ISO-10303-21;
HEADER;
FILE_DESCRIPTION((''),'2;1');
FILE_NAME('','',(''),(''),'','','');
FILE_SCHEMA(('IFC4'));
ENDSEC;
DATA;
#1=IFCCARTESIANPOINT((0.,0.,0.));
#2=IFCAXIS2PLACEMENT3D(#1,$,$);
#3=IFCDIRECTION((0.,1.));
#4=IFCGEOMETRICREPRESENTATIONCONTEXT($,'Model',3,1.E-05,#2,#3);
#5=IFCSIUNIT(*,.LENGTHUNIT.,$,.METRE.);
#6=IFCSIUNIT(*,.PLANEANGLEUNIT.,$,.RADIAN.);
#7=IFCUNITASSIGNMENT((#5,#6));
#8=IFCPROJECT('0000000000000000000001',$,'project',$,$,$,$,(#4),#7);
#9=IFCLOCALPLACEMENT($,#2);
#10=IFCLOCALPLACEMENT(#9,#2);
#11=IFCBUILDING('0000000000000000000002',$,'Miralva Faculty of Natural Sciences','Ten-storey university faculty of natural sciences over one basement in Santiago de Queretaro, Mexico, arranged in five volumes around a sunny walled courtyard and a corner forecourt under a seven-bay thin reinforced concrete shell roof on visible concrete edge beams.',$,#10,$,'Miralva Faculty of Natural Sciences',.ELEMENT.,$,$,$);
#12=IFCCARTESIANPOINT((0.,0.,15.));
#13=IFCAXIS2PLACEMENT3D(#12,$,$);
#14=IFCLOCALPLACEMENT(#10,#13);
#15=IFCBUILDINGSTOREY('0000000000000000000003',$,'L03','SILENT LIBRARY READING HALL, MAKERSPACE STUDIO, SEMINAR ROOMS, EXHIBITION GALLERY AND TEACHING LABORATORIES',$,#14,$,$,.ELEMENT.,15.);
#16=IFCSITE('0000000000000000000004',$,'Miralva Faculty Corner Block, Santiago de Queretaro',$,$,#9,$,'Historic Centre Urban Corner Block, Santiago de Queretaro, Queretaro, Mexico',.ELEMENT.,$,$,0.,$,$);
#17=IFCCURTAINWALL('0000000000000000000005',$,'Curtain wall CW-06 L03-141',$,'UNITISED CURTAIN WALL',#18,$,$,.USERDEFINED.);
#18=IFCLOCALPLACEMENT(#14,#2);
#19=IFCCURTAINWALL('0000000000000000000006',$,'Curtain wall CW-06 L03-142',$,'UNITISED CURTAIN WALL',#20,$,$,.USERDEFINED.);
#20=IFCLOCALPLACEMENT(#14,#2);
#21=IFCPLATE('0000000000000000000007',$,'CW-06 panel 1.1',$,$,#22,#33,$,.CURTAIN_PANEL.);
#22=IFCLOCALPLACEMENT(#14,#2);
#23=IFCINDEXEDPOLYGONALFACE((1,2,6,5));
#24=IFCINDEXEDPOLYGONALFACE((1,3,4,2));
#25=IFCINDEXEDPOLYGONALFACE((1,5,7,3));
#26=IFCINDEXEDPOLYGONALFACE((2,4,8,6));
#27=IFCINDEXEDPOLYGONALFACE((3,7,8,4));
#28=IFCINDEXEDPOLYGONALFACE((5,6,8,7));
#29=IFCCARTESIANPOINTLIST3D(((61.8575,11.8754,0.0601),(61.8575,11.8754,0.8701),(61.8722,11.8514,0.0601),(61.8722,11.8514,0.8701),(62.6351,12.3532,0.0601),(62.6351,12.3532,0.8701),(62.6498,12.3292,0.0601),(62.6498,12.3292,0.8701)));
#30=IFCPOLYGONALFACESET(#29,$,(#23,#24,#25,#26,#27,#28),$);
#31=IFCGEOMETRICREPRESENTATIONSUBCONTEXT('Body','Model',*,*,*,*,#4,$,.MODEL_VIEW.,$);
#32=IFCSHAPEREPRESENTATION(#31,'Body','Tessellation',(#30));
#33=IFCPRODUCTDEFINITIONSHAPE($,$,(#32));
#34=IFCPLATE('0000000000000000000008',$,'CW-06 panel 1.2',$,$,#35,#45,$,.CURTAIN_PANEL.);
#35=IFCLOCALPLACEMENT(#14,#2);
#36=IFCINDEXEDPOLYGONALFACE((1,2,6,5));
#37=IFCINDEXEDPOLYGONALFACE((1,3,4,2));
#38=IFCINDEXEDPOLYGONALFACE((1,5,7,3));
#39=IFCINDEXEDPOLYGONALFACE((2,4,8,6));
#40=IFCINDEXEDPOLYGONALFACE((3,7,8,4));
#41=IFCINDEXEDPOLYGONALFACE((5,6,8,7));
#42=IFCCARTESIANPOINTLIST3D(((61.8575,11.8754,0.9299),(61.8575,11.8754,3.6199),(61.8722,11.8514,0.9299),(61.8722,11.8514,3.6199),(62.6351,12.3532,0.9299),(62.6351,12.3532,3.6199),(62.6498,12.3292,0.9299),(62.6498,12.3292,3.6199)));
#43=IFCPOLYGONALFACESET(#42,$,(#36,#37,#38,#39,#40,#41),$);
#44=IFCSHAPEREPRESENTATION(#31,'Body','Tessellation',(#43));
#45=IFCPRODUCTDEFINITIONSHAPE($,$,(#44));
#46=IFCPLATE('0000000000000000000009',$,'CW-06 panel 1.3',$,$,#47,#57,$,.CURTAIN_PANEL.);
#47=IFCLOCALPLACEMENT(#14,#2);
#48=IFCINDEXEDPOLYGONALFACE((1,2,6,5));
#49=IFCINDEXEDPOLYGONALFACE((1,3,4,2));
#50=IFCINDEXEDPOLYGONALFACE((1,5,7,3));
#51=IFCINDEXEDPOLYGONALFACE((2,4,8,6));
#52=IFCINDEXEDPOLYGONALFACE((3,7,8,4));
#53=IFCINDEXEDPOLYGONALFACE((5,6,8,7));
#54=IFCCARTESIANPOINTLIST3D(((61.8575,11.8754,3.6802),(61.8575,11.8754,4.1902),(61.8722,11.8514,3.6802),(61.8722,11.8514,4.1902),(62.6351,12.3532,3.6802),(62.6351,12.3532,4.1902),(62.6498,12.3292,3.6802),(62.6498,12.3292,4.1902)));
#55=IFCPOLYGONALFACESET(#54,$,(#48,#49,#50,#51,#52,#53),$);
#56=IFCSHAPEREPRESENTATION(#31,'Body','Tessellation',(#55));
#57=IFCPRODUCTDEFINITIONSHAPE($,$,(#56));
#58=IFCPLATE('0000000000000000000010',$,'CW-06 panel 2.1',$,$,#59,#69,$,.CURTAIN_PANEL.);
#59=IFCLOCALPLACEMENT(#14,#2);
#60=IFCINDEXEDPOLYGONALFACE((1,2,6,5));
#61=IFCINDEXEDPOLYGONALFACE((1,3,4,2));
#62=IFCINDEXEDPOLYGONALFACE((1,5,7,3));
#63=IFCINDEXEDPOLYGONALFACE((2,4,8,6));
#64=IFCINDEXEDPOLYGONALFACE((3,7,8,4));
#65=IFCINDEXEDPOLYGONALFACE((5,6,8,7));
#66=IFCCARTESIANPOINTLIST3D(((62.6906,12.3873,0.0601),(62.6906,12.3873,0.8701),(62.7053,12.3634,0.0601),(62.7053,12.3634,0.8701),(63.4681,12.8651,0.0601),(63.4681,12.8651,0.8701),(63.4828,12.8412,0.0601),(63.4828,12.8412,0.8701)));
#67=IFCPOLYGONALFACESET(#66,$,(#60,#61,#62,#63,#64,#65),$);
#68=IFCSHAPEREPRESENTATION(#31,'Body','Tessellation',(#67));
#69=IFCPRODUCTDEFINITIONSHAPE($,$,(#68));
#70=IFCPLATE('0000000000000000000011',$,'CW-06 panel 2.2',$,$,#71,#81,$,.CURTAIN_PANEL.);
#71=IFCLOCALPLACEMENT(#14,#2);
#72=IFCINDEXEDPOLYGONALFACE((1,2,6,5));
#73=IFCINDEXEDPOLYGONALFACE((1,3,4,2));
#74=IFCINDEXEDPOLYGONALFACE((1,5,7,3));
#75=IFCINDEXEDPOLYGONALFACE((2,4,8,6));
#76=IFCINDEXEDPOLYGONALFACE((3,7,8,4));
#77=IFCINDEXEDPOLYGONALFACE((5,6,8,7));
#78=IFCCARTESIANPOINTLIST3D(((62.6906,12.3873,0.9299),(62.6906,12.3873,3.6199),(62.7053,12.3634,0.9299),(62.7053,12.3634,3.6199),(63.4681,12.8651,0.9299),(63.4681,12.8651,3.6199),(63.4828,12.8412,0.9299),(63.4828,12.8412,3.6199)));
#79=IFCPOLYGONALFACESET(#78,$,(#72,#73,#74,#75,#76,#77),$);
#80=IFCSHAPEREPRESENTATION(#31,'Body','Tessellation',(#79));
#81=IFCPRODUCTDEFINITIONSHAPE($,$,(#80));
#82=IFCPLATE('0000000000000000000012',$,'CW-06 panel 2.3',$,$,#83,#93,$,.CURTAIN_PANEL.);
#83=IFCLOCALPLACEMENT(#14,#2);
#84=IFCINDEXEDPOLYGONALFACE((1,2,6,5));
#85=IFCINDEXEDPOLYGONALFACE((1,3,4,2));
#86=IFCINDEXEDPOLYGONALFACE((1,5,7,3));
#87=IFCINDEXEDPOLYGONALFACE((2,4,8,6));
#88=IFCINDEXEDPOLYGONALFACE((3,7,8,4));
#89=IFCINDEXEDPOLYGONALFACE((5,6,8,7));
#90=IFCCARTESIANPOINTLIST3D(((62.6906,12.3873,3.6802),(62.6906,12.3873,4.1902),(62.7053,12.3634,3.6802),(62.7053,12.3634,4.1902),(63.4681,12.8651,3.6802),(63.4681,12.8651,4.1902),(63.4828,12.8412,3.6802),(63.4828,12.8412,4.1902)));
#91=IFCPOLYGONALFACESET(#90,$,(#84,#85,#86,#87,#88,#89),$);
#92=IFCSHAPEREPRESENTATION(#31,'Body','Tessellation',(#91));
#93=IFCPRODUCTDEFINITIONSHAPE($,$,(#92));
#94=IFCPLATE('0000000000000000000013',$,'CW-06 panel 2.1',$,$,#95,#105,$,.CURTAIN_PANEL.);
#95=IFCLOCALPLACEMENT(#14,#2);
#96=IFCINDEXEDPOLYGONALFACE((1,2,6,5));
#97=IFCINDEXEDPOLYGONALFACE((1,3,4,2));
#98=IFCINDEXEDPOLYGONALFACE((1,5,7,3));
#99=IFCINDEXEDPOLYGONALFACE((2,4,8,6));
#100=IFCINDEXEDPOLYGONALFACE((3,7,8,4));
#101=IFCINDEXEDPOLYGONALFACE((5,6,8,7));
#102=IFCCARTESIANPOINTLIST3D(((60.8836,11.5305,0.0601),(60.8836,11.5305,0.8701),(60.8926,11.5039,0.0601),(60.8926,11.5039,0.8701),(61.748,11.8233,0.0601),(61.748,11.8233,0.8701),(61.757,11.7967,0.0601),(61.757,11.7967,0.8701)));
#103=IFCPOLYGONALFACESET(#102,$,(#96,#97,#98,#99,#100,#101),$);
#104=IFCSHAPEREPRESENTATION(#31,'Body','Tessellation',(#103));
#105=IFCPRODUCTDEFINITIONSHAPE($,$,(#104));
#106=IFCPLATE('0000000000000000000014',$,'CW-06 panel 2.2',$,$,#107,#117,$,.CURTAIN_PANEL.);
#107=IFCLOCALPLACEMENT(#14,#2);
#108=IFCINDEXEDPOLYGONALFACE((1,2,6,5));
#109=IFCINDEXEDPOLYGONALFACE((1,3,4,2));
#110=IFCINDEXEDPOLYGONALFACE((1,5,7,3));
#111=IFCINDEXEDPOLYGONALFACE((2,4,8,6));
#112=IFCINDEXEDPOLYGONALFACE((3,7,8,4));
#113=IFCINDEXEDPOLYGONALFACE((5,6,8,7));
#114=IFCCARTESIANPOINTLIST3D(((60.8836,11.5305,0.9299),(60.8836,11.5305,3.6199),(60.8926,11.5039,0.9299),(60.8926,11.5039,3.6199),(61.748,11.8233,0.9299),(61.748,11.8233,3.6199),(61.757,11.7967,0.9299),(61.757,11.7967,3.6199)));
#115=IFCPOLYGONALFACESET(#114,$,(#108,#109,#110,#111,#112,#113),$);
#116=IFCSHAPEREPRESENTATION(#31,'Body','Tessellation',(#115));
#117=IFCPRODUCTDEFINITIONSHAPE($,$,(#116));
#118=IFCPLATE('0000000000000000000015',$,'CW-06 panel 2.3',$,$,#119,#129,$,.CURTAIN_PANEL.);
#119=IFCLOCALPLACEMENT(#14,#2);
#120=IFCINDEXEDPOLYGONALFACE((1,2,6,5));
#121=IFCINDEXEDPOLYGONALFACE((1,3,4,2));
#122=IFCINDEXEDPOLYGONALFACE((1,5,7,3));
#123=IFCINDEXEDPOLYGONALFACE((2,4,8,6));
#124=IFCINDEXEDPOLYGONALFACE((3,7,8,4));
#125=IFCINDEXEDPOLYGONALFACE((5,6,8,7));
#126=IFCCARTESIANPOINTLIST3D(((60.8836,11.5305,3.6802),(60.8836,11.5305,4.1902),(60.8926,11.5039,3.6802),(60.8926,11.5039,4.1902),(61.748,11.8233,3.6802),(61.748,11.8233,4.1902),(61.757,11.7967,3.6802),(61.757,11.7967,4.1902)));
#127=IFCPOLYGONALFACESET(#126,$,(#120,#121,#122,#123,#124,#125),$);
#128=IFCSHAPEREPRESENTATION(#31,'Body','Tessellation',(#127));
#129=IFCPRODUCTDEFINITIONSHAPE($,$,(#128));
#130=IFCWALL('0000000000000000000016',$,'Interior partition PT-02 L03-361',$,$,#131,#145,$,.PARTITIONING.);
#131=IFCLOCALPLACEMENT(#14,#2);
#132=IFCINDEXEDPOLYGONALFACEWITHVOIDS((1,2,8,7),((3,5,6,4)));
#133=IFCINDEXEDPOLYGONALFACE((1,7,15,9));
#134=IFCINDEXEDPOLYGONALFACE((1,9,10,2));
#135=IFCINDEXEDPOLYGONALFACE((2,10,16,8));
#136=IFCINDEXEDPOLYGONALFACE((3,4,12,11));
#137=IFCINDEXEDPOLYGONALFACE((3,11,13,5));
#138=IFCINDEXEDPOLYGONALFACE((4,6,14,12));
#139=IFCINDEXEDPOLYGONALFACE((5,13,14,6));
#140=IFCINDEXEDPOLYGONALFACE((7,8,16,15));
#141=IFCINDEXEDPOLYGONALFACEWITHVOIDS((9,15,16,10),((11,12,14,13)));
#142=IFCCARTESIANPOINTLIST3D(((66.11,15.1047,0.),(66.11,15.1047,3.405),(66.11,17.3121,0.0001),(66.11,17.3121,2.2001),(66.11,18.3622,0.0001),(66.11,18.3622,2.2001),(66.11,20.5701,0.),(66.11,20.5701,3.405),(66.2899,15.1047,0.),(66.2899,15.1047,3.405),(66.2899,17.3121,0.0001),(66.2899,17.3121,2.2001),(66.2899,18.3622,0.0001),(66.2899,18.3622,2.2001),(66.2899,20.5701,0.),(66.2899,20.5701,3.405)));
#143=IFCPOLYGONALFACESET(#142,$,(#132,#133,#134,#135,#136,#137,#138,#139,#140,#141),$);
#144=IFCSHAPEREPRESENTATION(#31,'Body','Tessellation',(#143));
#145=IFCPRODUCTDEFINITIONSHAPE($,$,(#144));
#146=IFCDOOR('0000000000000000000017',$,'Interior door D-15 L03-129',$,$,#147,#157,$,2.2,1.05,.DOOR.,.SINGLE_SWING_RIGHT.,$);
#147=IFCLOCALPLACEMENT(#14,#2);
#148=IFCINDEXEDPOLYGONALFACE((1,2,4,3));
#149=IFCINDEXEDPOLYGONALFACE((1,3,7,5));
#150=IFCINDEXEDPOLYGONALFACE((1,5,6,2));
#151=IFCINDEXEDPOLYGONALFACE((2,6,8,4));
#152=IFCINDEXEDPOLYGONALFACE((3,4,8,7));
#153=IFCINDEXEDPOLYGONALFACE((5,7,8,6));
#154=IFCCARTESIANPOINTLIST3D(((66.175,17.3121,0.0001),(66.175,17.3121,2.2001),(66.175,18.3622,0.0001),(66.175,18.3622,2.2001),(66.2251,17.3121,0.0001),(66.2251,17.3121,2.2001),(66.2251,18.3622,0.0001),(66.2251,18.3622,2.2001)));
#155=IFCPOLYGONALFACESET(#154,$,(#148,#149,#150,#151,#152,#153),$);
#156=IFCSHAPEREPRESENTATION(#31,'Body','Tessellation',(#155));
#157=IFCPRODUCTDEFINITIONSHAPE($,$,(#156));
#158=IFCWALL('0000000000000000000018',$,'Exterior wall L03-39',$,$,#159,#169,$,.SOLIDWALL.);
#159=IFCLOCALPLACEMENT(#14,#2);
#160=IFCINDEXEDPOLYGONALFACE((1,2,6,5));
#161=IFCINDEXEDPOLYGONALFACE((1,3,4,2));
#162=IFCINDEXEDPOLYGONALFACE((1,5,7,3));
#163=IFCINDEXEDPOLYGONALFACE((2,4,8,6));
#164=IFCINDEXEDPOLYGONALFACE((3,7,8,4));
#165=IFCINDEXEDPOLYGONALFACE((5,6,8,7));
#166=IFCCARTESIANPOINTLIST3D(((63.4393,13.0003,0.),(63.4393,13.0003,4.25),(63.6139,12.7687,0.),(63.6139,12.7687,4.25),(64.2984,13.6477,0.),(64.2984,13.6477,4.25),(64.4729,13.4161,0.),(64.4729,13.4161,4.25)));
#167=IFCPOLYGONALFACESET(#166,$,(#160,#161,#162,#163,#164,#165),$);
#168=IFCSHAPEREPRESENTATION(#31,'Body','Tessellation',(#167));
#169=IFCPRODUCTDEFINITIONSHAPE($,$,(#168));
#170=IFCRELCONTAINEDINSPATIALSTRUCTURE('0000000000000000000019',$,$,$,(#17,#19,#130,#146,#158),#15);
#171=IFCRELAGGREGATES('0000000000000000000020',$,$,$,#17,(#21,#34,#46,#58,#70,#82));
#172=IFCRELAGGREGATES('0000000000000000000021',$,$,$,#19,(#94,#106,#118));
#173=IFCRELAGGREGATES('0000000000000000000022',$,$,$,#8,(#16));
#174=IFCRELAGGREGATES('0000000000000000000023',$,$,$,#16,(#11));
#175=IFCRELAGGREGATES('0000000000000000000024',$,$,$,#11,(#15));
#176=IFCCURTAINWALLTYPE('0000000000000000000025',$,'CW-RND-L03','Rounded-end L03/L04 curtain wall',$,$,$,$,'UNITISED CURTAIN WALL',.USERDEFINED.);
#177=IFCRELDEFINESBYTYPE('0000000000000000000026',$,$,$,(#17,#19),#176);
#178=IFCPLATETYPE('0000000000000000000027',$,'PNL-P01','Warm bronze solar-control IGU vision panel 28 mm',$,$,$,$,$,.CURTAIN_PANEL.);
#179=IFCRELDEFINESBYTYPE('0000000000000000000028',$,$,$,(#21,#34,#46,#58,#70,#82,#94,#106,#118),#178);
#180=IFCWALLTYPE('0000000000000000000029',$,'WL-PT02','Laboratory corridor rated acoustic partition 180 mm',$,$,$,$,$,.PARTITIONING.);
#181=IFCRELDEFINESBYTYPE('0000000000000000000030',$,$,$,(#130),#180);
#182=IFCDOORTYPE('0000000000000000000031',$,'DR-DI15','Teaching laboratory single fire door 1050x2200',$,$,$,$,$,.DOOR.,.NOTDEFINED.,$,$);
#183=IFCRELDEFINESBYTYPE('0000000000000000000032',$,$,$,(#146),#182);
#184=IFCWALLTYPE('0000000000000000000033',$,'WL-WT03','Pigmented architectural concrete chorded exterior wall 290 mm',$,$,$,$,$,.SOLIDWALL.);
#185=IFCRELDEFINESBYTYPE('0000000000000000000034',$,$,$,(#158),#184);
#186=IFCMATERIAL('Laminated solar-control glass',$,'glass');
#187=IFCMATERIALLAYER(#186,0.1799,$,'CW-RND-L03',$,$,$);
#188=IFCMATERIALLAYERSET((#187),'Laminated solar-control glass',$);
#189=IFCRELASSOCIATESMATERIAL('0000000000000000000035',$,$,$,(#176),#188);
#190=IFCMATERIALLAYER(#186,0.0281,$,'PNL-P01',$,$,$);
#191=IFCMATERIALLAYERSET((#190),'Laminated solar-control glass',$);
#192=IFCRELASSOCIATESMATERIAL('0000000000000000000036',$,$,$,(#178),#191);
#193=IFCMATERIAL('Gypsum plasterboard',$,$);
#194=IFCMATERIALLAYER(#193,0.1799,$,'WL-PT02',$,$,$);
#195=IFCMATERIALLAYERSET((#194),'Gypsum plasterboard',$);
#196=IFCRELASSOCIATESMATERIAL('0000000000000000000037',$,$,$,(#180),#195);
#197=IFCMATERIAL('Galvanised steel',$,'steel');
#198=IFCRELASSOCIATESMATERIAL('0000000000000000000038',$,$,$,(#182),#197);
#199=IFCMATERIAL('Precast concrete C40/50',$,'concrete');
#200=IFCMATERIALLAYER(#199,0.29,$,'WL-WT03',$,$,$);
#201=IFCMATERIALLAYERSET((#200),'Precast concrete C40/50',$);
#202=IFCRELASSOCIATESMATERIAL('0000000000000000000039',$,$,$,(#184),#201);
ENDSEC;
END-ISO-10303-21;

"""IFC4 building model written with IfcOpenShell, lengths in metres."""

from ifc_helpers import new_model, si_unit, direction, frame, frame_2d, origin, origin_2d, place, context, subcontext, project, spatial, rectangle, extrude, material, layer, layer_set, type_object, element, fill, aggregate, save


model = new_model("IFC4")

# Units and contexts
model_context = context("Model", 3, precision=1e-05, world=origin(), true_north=direction((0.0, 1.0)))
body_context = subcontext(model_context, "Body", "Model", "MODEL_VIEW")
ifc_project = project(units=[si_unit("LENGTHUNIT", "METRE"), si_unit("PLANEANGLEUNIT", "RADIAN")], contexts=[model_context])

# Site, building, storey
site_placement = place(None, origin())
site = spatial("IfcSite", under=ifc_project, at=site_placement, Name="Miralva Faculty Corner Block, Santiago de Queretaro", LongName="Historic Centre Urban Corner Block, Santiago de Queretaro, Queretaro, Mexico", CompositionType="ELEMENT", RefElevation=0.0)
building_placement = place(site_placement, origin())
building = spatial("IfcBuilding", under=site, at=building_placement, Name="Miralva Faculty of Natural Sciences", Description="Ten-storey university faculty of natural sciences over one basement in Santiago de Queretaro, Mexico, arranged in five volumes around a sunny walled courtyard and a corner forecourt under a seven-bay thin reinforced concrete shell roof on visible concrete edge beams.", LongName="Miralva Faculty of Natural Sciences", CompositionType="ELEMENT")
storey_placement = place(building_placement, frame((0.0, 0.0, 15.0)))
storey = spatial("IfcBuildingStorey", under=building, at=storey_placement, Name="L03", Description="SILENT LIBRARY READING HALL, MAKERSPACE STUDIO, SEMINAR ROOMS, EXHIBITION GALLERY AND TEACHING LABORATORIES", CompositionType="ELEMENT", Elevation=15.0)

# Curtain wall
ifc_material_1 = material(Name="Laminated solar-control glass", Category="glass")
ifc_layer_1 = layer(ifc_material_1, 0.1799, Name="CW-RND-L03")
ifc_layer_set_1 = layer_set([ifc_layer_1], Name="Laminated solar-control glass")
curtain_wall_type_1 = type_object("IfcCurtainWallType", Name="CW-RND-L03", Description="Rounded-end L03/L04 curtain wall", ElementType="UNITISED CURTAIN WALL", PredefinedType="USERDEFINED", material=ifc_layer_set_1)
curtain_wall_1_placement = place(storey_placement, origin())
curtain_wall_1 = element("IfcCurtainWall", 1, at=curtain_wall_1_placement, inside=storey, type_object=curtain_wall_type_1, Name="Curtain wall CW-06 L03-141", ObjectType="UNITISED CURTAIN WALL", PredefinedType="USERDEFINED")

# Curtain wall
curtain_wall_2_placement = place(storey_placement, origin())
curtain_wall_2 = element("IfcCurtainWall", 2, at=curtain_wall_2_placement, inside=storey, type_object=curtain_wall_type_1, Name="Curtain wall CW-06 L03-142", ObjectType="UNITISED CURTAIN WALL", PredefinedType="USERDEFINED")

# Plates
ifc_layer_2 = layer(ifc_material_1, 0.0281, Name="PNL-P01")
ifc_layer_set_2 = layer_set([ifc_layer_2], Name="Laminated solar-control glass")
plate_type = type_object("IfcPlateType", Name="PNL-P01", Description="Warm bronze solar-control IGU vision panel 28 mm", PredefinedType="CURTAIN_PANEL", material=ifc_layer_set_2)
plate_1_placement = place(storey_placement, frame((62.2537, 12.1023, 0.0601), z_axis=(0.0, 0.0, 1.0), x_axis=(0.851995, 0.523551, 0.0)))
plate_1 = element("IfcPlate", 3, at=plate_1_placement, type_object=plate_type, Name="CW-06 panel 1.1", PredefinedType="CURTAIN_PANEL", context=body_context, shape_type="SweptSolid", body=[
    extrude(rectangle(XDim=0.9126, YDim=0.0281, at=origin_2d()), origin(), (0.0, 0.0, 1.0), 0.8101),
])
plate_2_placement = place(storey_placement, frame((62.2537, 12.1023, 0.9299), z_axis=(0.0, 0.0, 1.0), x_axis=(0.851995, 0.523551, 0.0)))
plate_2 = element("IfcPlate", 4, at=plate_2_placement, type_object=plate_type, Name="CW-06 panel 1.2", PredefinedType="CURTAIN_PANEL", context=body_context, shape_type="SweptSolid", body=[
    extrude(rectangle(XDim=0.9126, YDim=0.0281, at=origin_2d()), origin(), (0.0, 0.0, 1.0), 2.6899),
])
plate_3_placement = place(storey_placement, frame((62.2537, 12.1023, 3.6802), z_axis=(0.0, 0.0, 1.0), x_axis=(0.851995, 0.523551, 0.0)))
plate_3 = element("IfcPlate", 5, at=plate_3_placement, type_object=plate_type, Name="CW-06 panel 1.3", PredefinedType="CURTAIN_PANEL", context=body_context, shape_type="SweptSolid", body=[
    extrude(rectangle(XDim=0.9126, YDim=0.0281, at=origin_2d()), origin(), (0.0, 0.0, 1.0), 0.51),
])
plate_4_placement = place(storey_placement, frame((63.0867, 12.6143, 0.0601), z_axis=(0.0, 0.0, 1.0), x_axis=(0.851995, 0.523551, 0.0)))
plate_4 = element("IfcPlate", 6, at=plate_4_placement, type_object=plate_type, Name="CW-06 panel 2.1", PredefinedType="CURTAIN_PANEL", context=body_context, shape_type="SweptSolid", body=[
    extrude(rectangle(XDim=0.9126, YDim=0.0281, at=origin_2d()), origin(), (0.0, 0.0, 1.0), 0.8101),
])
plate_5_placement = place(storey_placement, frame((63.0867, 12.6143, 0.9299), z_axis=(0.0, 0.0, 1.0), x_axis=(0.851995, 0.523551, 0.0)))
plate_5 = element("IfcPlate", 7, at=plate_5_placement, type_object=plate_type, Name="CW-06 panel 2.2", PredefinedType="CURTAIN_PANEL", context=body_context, shape_type="SweptSolid", body=[
    extrude(rectangle(XDim=0.9126, YDim=0.0281, at=origin_2d()), origin(), (0.0, 0.0, 1.0), 2.6899),
])
plate_6_placement = place(storey_placement, frame((63.0867, 12.6143, 3.6802), z_axis=(0.0, 0.0, 1.0), x_axis=(0.851995, 0.523551, 0.0)))
plate_6 = element("IfcPlate", 8, at=plate_6_placement, type_object=plate_type, Name="CW-06 panel 2.3", PredefinedType="CURTAIN_PANEL", context=body_context, shape_type="SweptSolid", body=[
    extrude(rectangle(XDim=0.9126, YDim=0.0281, at=origin_2d()), origin(), (0.0, 0.0, 1.0), 0.51),
])
aggregate(curtain_wall_1, [plate_1, plate_2, plate_3, plate_4, plate_5, plate_6])
plate_7_placement = place(storey_placement, frame((61.3203, 11.6636, 0.0601), z_axis=(0.0, 0.0, 1.0), x_axis=(0.947133, 0.320842, 0.0)))
plate_7 = element("IfcPlate", 9, at=plate_7_placement, type_object=plate_type, Name="CW-06 panel 2.1", PredefinedType="CURTAIN_PANEL", context=body_context, shape_type="SweptSolid", body=[
    extrude(rectangle(XDim=0.9126, YDim=0.0281, at=origin_2d()), origin(), (0.0, 0.0, 1.0), 0.8101),
])
plate_8_placement = place(storey_placement, frame((61.3203, 11.6636, 0.9299), z_axis=(0.0, 0.0, 1.0), x_axis=(0.947133, 0.320842, 0.0)))
plate_8 = element("IfcPlate", 10, at=plate_8_placement, type_object=plate_type, Name="CW-06 panel 2.2", PredefinedType="CURTAIN_PANEL", context=body_context, shape_type="SweptSolid", body=[
    extrude(rectangle(XDim=0.9126, YDim=0.0281, at=origin_2d()), origin(), (0.0, 0.0, 1.0), 2.6899),
])
plate_9_placement = place(storey_placement, frame((61.3203, 11.6636, 3.6802), z_axis=(0.0, 0.0, 1.0), x_axis=(0.947133, 0.320842, 0.0)))
plate_9 = element("IfcPlate", 11, at=plate_9_placement, type_object=plate_type, Name="CW-06 panel 2.3", PredefinedType="CURTAIN_PANEL", context=body_context, shape_type="SweptSolid", body=[
    extrude(rectangle(XDim=0.9126, YDim=0.0281, at=origin_2d()), origin(), (0.0, 0.0, 1.0), 0.51),
])
aggregate(curtain_wall_2, [plate_7, plate_8, plate_9])

# Wall, opening, door
ifc_material_2 = material(Name="Gypsum plasterboard")
ifc_layer_3 = layer(ifc_material_2, 0.1799, Name="WL-PT02")
ifc_layer_set_3 = layer_set([ifc_layer_3], Name="Gypsum plasterboard")
wall_type_1 = type_object("IfcWallType", Name="WL-PT02", Description="Laboratory corridor rated acoustic partition 180 mm", PredefinedType="PARTITIONING", material=ifc_layer_set_3)
wall_1_placement = place(storey_placement, frame((66.2, 15.1047, 0.0), z_axis=(0.0, 0.0, 1.0), x_axis=(0.0, 1.0, 0.0)))
wall_1 = element("IfcWall", 12, at=wall_1_placement, inside=storey, type_object=wall_type_1, Name="Interior partition PT-02 L03-361", PredefinedType="PARTITIONING", context=body_context, shape_type="SweptSolid", body=[
    extrude(rectangle(XDim=5.4653, YDim=0.1799, at=frame_2d((2.7327, 0.0))), origin(), (0.0, 0.0, 1.0), 3.405),
])
opening_placement = place(wall_1_placement, frame((2.2075, 0.0, 0.0)))
opening = element("IfcOpeningElement", 13, at=opening_placement, cuts=wall_1, PredefinedType="OPENING", context=body_context, shape_type="SweptSolid", body=[
    extrude(rectangle(XDim=1.05, YDim=2.2, at=frame_2d((0.5249, 1.1001))), frame((0.0, 0.0999, 0.0), z_axis=(0.0, -1.0, 0.0), x_axis=(1.0, 0.0, 0.0)), (0.0, 0.0, 1.0), 0.2),
])
ifc_material_3 = material(Name="Galvanised steel", Category="steel")
door_type = type_object("IfcDoorType", Name="DR-DI15", Description="Teaching laboratory single fire door 1050x2200", OperationType="NOTDEFINED", PredefinedType="DOOR", material=ifc_material_3)
door_placement = place(opening_placement, origin())
door = element("IfcDoor", 14, at=door_placement, inside=storey, type_object=door_type, Name="Interior door D-15 L03-129", OperationType="SINGLE_SWING_RIGHT", OverallHeight=2.2, OverallWidth=1.05, PredefinedType="DOOR", context=body_context, shape_type="SweptSolid", body=[
    extrude(rectangle(XDim=1.05, YDim=2.2, at=frame_2d((0.5249, 1.1001))), frame((0.0, 0.0249, 0.0), z_axis=(0.0, -1.0, 0.0), x_axis=(1.0, 0.0, 0.0)), (0.0, 0.0, 1.0), 0.05),
])
fill(opening, door)

# Wall
ifc_material_4 = material(Name="Precast concrete C40/50", Category="concrete")
ifc_layer_4 = layer(ifc_material_4, 0.29, Name="WL-WT03")
ifc_layer_set_4 = layer_set([ifc_layer_4], Name="Precast concrete C40/50")
wall_type_2 = type_object("IfcWallType", Name="WL-WT03", Description="Pigmented architectural concrete chorded exterior wall 290 mm", PredefinedType="SOLIDWALL", material=ifc_layer_set_4)
wall_2_placement = place(storey_placement, frame((63.5266, 12.8845, 0.0), z_axis=(0.0, 0.0, 1.0), x_axis=(0.798609, 0.60185, 0.0)))
element("IfcWall", 15, at=wall_2_placement, inside=storey, type_object=wall_type_2, Name="Exterior wall L03-39", PredefinedType="SOLIDWALL", context=body_context, shape_type="SweptSolid", body=[
    extrude(rectangle(XDim=1.0757, YDim=0.29, at=frame_2d((0.5378, 0.0))), origin(), (0.0, 0.0, 1.0), 4.25),
])

save(model, "model.ifc")
